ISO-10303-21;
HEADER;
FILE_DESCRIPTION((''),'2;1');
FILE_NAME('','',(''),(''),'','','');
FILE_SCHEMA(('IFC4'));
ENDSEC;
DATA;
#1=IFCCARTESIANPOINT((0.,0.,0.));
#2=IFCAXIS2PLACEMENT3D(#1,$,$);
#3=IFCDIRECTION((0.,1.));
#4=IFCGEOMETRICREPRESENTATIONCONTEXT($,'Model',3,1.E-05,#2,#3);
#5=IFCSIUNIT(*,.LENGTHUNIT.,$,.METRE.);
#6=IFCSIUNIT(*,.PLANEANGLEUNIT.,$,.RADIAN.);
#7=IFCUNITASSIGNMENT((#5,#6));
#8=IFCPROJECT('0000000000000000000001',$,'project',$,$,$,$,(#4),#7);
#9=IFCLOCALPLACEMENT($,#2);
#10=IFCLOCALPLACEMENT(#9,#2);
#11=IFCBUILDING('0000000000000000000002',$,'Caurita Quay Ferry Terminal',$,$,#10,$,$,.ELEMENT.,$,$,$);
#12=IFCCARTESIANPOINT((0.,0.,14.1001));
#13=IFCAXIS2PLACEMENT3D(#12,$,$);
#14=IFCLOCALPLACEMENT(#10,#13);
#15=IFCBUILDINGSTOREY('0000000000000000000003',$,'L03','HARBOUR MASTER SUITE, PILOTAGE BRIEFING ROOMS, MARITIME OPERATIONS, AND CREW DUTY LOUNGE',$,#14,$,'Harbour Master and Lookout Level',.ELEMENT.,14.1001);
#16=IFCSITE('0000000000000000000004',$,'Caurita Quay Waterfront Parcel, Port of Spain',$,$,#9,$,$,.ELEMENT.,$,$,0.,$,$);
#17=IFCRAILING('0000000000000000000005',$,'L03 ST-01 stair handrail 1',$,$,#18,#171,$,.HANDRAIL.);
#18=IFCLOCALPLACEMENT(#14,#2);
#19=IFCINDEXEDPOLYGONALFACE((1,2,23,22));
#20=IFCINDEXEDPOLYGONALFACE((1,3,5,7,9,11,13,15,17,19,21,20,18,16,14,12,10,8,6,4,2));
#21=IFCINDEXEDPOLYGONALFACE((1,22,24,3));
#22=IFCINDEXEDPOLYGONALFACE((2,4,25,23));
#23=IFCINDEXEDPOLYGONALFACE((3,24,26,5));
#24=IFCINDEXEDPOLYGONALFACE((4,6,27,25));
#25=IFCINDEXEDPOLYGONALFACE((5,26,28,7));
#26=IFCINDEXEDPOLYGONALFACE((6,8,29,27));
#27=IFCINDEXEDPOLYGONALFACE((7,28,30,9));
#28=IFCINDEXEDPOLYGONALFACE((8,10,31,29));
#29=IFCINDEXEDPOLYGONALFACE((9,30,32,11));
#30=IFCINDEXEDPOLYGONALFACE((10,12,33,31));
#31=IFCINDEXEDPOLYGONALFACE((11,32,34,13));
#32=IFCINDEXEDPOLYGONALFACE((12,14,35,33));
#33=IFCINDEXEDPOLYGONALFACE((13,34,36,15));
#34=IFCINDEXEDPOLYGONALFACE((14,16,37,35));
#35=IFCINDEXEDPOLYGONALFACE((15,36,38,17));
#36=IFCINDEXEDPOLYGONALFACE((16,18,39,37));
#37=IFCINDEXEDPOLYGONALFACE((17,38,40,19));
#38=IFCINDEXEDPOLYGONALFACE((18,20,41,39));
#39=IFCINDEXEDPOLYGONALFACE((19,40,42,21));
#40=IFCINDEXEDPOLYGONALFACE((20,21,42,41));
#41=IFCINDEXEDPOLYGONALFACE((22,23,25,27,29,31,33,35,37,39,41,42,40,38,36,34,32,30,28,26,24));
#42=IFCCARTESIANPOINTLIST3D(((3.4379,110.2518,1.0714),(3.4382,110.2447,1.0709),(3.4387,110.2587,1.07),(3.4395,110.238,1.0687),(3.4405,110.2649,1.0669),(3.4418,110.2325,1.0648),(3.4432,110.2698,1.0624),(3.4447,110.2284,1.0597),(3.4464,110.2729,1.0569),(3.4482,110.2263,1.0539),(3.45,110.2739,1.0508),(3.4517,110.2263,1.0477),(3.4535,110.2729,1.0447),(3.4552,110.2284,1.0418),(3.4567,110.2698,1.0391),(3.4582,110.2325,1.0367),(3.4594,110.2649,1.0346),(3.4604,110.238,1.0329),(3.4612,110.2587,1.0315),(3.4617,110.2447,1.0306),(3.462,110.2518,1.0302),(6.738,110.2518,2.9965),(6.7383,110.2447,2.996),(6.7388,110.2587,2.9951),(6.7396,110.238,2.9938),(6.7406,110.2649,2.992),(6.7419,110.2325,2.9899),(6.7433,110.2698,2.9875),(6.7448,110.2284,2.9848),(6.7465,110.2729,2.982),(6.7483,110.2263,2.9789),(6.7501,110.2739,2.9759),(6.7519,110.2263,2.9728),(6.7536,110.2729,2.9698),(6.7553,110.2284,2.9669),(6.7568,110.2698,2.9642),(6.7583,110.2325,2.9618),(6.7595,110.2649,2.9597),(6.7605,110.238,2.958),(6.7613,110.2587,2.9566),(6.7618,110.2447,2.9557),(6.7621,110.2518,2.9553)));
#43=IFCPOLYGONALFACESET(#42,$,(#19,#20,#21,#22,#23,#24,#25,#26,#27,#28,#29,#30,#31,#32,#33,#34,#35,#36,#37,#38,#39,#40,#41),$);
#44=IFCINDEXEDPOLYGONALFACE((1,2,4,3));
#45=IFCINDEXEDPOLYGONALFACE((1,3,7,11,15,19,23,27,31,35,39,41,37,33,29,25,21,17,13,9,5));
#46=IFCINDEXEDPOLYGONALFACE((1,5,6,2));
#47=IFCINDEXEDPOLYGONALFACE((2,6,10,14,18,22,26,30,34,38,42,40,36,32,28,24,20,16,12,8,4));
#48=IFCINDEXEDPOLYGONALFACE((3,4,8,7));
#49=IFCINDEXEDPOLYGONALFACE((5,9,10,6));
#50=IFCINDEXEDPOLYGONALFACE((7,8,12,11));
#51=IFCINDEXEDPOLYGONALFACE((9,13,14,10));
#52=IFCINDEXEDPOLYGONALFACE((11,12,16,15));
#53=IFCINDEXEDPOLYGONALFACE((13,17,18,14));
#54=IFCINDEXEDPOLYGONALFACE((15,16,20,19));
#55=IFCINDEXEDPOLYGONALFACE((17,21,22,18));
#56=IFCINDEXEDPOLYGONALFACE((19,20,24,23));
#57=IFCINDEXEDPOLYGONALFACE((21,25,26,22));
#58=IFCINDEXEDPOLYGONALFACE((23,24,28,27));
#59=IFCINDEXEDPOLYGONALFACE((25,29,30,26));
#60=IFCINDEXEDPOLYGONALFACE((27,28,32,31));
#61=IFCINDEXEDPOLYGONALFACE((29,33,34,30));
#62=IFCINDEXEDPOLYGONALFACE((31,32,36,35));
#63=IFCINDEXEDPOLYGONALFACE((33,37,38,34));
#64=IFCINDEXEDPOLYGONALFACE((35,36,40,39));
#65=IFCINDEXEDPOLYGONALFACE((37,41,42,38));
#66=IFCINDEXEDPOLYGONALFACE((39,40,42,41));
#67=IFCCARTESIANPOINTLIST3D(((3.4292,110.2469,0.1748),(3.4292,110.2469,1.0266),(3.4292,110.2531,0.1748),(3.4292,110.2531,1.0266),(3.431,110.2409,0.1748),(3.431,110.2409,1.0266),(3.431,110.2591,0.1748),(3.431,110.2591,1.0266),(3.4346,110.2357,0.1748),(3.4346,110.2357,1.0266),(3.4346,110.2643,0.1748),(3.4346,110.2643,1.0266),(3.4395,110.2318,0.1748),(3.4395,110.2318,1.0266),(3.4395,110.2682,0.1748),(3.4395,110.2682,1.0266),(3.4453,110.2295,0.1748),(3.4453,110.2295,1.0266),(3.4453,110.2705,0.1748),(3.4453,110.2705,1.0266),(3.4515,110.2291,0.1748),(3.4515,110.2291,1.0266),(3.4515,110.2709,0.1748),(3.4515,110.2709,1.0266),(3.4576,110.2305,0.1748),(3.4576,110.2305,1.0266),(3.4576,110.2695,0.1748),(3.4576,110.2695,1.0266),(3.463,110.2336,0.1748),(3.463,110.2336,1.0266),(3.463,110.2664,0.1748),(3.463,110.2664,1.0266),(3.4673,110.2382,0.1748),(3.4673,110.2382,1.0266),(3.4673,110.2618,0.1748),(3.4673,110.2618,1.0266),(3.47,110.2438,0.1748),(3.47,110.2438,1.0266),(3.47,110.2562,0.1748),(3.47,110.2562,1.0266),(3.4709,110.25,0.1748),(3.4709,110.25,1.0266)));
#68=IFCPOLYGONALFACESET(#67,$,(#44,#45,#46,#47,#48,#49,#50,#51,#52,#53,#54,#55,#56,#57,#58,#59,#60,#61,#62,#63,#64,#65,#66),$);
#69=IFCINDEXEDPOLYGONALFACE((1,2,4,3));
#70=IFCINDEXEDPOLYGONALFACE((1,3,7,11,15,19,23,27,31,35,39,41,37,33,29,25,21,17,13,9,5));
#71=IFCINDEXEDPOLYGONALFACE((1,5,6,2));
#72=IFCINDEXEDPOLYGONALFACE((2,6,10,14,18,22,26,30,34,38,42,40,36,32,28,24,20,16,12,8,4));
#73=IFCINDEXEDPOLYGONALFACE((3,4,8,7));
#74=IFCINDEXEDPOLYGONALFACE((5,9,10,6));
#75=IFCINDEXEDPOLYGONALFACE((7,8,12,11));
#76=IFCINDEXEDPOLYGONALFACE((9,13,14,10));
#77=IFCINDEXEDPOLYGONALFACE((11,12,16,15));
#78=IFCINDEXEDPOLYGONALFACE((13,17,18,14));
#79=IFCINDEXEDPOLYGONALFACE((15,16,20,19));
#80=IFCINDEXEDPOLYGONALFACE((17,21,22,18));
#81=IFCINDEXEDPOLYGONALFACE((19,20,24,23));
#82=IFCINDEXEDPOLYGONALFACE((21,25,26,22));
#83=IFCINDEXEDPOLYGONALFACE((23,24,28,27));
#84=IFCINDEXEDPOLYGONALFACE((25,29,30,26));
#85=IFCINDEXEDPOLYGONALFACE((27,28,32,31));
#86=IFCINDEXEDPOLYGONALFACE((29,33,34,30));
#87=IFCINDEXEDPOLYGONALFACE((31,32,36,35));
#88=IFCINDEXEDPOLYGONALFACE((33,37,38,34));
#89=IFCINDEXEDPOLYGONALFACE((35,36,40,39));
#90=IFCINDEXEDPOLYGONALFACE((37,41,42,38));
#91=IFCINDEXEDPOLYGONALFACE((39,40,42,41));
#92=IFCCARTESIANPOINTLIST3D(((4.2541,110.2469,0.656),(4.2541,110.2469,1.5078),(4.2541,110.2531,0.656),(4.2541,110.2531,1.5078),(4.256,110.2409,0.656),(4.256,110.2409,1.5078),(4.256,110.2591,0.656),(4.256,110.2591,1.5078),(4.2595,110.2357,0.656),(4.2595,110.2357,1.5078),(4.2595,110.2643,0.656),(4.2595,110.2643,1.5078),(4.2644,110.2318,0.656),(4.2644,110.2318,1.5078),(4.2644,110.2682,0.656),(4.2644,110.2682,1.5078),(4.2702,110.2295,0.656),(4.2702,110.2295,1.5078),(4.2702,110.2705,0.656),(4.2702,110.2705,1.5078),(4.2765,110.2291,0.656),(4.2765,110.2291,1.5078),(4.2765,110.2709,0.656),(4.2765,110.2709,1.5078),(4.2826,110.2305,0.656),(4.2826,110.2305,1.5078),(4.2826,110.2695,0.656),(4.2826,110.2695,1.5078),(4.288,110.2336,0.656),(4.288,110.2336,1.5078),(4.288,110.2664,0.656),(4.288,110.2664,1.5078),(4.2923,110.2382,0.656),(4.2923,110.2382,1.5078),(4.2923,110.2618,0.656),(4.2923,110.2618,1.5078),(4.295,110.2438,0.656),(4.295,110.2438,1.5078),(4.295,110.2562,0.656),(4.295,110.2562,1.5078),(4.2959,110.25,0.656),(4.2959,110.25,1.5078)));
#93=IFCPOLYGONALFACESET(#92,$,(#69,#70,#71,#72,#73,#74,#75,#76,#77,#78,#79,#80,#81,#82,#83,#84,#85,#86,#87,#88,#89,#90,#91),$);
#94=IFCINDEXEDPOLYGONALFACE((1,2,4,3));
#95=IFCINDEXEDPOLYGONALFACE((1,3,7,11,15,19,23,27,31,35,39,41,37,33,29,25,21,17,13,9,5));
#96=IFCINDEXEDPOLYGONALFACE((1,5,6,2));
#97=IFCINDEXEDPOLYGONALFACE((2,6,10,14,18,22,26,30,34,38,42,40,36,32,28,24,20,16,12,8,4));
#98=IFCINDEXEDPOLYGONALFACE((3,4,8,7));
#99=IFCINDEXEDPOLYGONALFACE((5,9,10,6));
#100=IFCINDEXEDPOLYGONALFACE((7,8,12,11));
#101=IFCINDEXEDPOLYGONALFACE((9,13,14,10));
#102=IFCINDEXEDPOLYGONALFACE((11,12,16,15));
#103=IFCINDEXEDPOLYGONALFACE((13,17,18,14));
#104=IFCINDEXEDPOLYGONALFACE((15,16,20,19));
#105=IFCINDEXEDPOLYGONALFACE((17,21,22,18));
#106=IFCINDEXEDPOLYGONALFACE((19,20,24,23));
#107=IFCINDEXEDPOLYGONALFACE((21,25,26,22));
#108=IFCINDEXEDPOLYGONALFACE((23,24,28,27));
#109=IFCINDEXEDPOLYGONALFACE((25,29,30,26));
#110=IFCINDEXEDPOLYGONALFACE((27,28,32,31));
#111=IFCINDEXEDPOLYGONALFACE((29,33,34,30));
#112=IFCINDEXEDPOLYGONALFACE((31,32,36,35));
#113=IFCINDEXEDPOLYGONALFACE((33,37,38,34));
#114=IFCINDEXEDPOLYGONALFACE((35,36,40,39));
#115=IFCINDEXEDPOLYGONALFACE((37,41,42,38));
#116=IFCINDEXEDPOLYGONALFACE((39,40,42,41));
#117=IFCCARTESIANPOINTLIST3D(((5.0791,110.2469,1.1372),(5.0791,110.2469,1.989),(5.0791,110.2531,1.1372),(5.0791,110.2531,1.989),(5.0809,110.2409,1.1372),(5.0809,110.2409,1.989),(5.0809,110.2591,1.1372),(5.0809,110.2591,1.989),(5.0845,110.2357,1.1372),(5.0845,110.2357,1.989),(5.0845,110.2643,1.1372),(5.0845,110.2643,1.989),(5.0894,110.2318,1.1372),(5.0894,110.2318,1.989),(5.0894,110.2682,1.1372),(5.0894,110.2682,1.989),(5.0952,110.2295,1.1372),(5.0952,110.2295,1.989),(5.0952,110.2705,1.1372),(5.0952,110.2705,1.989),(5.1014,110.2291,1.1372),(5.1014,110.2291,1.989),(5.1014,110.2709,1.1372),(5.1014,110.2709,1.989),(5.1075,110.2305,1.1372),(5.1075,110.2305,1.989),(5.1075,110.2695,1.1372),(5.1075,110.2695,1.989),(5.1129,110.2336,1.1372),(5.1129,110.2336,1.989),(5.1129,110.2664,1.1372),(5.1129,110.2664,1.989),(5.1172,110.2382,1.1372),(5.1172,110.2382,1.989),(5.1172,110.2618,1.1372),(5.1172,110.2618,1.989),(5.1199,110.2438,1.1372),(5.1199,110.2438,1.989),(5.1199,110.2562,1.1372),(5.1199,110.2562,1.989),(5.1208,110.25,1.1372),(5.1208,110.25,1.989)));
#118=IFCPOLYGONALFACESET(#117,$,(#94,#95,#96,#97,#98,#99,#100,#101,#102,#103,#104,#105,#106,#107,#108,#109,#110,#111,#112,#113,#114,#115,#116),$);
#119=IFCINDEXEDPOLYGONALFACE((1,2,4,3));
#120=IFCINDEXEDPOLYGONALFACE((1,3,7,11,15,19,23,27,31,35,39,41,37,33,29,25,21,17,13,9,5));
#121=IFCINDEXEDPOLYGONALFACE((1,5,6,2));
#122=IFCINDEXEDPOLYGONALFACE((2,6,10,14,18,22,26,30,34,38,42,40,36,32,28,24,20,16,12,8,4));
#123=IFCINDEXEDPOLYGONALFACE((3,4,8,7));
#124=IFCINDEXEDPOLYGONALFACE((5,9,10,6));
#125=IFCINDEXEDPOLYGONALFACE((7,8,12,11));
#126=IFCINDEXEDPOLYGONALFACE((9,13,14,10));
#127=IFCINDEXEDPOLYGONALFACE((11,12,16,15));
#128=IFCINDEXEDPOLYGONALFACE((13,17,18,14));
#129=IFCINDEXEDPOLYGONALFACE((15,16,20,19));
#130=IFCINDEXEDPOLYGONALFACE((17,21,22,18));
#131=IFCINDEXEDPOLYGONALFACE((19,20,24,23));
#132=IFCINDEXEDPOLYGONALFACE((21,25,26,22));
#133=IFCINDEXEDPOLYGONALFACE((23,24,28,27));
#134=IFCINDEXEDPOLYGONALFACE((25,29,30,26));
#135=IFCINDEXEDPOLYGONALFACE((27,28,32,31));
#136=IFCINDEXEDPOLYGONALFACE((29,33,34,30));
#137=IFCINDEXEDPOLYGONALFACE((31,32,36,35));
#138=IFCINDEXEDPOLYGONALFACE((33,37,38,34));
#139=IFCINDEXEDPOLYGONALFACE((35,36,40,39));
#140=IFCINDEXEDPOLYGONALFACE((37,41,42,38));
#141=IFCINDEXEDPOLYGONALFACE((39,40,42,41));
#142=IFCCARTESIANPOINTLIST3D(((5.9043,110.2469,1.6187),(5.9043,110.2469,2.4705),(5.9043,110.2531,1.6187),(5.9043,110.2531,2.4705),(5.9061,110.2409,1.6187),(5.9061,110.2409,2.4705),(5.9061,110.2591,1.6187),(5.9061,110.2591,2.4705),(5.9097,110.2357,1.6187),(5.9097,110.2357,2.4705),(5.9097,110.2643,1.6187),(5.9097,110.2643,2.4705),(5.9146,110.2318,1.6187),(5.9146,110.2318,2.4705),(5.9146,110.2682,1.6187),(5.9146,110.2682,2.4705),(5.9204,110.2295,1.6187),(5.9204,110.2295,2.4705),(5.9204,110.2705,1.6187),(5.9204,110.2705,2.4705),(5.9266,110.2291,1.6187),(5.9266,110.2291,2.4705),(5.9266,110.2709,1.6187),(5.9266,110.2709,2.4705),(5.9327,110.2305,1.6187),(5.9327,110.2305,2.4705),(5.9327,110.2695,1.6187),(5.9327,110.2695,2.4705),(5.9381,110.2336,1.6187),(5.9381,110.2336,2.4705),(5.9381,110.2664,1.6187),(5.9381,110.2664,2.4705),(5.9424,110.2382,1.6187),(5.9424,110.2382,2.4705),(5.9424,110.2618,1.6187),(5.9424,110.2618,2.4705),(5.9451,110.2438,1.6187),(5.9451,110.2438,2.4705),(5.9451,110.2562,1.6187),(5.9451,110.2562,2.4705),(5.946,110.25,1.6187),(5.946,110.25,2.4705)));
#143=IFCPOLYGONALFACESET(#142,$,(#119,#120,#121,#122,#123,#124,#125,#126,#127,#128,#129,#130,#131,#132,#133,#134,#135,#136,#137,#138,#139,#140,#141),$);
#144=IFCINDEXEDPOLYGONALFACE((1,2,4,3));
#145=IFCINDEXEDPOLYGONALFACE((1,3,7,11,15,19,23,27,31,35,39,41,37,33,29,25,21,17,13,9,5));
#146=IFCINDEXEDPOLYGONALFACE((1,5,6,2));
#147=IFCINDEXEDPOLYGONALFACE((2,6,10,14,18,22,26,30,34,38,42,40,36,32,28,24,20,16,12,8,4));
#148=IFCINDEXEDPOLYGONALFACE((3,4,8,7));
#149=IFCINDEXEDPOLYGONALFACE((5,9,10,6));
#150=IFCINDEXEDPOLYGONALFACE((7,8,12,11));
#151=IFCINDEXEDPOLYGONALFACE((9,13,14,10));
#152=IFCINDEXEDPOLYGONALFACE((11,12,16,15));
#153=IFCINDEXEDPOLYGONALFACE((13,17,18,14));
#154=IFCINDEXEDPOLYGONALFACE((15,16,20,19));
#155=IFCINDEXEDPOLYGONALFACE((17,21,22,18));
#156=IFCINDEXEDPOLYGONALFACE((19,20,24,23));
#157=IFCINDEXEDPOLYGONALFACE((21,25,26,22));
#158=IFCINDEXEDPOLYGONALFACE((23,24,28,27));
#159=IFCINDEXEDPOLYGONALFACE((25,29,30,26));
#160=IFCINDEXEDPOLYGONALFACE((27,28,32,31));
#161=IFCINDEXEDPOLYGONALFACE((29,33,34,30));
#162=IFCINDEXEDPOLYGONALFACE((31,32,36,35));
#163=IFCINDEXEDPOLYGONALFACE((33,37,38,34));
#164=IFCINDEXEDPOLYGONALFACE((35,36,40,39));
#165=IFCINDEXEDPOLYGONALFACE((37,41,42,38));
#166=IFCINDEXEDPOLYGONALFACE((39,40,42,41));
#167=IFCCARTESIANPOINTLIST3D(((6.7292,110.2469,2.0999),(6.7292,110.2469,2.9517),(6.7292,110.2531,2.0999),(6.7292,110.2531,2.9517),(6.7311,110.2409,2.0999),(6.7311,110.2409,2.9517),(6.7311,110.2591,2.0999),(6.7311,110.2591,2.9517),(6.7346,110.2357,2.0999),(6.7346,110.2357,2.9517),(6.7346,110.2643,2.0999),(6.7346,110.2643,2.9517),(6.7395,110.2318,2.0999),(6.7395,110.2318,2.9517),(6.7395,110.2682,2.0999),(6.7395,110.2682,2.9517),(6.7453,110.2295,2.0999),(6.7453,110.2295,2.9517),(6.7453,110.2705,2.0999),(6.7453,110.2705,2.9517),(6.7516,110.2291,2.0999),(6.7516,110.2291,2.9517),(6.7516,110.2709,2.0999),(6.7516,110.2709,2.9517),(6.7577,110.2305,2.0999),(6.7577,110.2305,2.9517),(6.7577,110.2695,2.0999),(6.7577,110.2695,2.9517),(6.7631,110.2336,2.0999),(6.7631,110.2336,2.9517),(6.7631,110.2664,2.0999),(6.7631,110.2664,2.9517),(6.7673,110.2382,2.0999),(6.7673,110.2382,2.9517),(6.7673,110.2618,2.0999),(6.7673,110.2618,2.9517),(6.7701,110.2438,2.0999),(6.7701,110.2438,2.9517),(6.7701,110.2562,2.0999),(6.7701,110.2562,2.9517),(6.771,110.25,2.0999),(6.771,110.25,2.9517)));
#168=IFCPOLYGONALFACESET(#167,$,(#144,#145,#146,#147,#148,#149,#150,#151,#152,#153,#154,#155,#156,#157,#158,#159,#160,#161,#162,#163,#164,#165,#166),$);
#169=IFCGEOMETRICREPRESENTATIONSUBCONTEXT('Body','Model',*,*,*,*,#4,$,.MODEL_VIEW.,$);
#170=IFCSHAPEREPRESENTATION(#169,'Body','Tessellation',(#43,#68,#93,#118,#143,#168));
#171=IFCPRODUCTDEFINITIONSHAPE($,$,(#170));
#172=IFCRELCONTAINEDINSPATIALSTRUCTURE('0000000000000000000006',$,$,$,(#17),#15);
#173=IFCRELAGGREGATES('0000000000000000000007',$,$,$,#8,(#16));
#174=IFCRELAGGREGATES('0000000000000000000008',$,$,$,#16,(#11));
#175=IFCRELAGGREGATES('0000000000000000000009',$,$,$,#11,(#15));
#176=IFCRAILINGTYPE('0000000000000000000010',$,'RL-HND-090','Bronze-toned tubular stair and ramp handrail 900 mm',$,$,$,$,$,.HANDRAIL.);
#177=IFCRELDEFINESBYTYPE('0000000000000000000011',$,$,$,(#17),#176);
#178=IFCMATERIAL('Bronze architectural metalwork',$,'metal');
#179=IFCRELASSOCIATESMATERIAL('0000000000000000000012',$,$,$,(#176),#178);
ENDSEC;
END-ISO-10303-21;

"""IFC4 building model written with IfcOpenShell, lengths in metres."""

from ifc_helpers import new_model, si_unit, direction, frame, origin, origin_2d, place, context, subcontext, project, spatial, circle, extrude, material, type_object, element, save


model = new_model("IFC4")

# Units and contexts
model_context = context("Model", 3, precision=1e-05, world=origin(), true_north=direction((0.0, 1.0)))
body_context = subcontext(model_context, "Body", "Model", "MODEL_VIEW")
ifc_project = project(units=[si_unit("LENGTHUNIT", "METRE"), si_unit("PLANEANGLEUNIT", "RADIAN")], contexts=[model_context])

# Site, building, storey
site_placement = place(None, origin())
site = spatial("IfcSite", under=ifc_project, at=site_placement, Name="Caurita Quay Waterfront Parcel, Port of Spain", CompositionType="ELEMENT", RefElevation=0.0)
building_placement = place(site_placement, origin())
building = spatial("IfcBuilding", under=site, at=building_placement, Name="Caurita Quay Ferry Terminal", CompositionType="ELEMENT")
storey_placement = place(building_placement, frame((0.0, 0.0, 14.1001)))
storey = spatial("IfcBuildingStorey", under=building, at=storey_placement, Name="L03", Description="HARBOUR MASTER SUITE, PILOTAGE BRIEFING ROOMS, MARITIME OPERATIONS, AND CREW DUTY LOUNGE", LongName="Harbour Master and Lookout Level", CompositionType="ELEMENT", Elevation=14.1001)

# Railing
ifc_material_1 = material(Name="Bronze architectural metalwork", Category="metal")
railing_type_1 = type_object("IfcRailingType", Name="RL-HND-090", Description="Bronze-toned tubular stair and ramp handrail 900 mm", PredefinedType="HANDRAIL", material=ifc_material_1)
railing_1_placement = place(storey_placement, frame((3.45, 110.25, 0.1748)))
element("IfcRailing", 1, at=railing_1_placement, inside=storey, type_object=railing_type_1, Name="L03 ST-01 stair handrail 1", PredefinedType="HANDRAIL", context=body_context, shape_type="SweptSolid", body=[
    extrude(circle(Radius=0.0239, at=origin_2d()), frame((0.0, 0.0, 0.876), z_axis=(0.863777, 0.0, 0.503875), x_axis=(0.0, 1.0, 0.0)), (0.0, 0.0, 1.0), 3.8206),
    extrude(circle(Radius=0.021, at=origin_2d()), origin(), (0.0, 0.0, 1.0), 0.8518),
    extrude(circle(Radius=0.021, at=origin_2d()), frame((0.825, 0.0, 0.4812)), (0.0, 0.0, 1.0), 0.8518),
    extrude(circle(Radius=0.021, at=origin_2d()), frame((1.6499, 0.0, 0.9624)), (0.0, 0.0, 1.0), 0.8518),
    extrude(circle(Radius=0.021, at=origin_2d()), frame((2.4751, 0.0, 1.4438)), (0.0, 0.0, 1.0), 0.8518),
    extrude(circle(Radius=0.021, at=origin_2d()), frame((3.3, 0.0, 1.925)), (0.0, 0.0, 1.0), 0.8518),
])

save(model, "model.ifc")
